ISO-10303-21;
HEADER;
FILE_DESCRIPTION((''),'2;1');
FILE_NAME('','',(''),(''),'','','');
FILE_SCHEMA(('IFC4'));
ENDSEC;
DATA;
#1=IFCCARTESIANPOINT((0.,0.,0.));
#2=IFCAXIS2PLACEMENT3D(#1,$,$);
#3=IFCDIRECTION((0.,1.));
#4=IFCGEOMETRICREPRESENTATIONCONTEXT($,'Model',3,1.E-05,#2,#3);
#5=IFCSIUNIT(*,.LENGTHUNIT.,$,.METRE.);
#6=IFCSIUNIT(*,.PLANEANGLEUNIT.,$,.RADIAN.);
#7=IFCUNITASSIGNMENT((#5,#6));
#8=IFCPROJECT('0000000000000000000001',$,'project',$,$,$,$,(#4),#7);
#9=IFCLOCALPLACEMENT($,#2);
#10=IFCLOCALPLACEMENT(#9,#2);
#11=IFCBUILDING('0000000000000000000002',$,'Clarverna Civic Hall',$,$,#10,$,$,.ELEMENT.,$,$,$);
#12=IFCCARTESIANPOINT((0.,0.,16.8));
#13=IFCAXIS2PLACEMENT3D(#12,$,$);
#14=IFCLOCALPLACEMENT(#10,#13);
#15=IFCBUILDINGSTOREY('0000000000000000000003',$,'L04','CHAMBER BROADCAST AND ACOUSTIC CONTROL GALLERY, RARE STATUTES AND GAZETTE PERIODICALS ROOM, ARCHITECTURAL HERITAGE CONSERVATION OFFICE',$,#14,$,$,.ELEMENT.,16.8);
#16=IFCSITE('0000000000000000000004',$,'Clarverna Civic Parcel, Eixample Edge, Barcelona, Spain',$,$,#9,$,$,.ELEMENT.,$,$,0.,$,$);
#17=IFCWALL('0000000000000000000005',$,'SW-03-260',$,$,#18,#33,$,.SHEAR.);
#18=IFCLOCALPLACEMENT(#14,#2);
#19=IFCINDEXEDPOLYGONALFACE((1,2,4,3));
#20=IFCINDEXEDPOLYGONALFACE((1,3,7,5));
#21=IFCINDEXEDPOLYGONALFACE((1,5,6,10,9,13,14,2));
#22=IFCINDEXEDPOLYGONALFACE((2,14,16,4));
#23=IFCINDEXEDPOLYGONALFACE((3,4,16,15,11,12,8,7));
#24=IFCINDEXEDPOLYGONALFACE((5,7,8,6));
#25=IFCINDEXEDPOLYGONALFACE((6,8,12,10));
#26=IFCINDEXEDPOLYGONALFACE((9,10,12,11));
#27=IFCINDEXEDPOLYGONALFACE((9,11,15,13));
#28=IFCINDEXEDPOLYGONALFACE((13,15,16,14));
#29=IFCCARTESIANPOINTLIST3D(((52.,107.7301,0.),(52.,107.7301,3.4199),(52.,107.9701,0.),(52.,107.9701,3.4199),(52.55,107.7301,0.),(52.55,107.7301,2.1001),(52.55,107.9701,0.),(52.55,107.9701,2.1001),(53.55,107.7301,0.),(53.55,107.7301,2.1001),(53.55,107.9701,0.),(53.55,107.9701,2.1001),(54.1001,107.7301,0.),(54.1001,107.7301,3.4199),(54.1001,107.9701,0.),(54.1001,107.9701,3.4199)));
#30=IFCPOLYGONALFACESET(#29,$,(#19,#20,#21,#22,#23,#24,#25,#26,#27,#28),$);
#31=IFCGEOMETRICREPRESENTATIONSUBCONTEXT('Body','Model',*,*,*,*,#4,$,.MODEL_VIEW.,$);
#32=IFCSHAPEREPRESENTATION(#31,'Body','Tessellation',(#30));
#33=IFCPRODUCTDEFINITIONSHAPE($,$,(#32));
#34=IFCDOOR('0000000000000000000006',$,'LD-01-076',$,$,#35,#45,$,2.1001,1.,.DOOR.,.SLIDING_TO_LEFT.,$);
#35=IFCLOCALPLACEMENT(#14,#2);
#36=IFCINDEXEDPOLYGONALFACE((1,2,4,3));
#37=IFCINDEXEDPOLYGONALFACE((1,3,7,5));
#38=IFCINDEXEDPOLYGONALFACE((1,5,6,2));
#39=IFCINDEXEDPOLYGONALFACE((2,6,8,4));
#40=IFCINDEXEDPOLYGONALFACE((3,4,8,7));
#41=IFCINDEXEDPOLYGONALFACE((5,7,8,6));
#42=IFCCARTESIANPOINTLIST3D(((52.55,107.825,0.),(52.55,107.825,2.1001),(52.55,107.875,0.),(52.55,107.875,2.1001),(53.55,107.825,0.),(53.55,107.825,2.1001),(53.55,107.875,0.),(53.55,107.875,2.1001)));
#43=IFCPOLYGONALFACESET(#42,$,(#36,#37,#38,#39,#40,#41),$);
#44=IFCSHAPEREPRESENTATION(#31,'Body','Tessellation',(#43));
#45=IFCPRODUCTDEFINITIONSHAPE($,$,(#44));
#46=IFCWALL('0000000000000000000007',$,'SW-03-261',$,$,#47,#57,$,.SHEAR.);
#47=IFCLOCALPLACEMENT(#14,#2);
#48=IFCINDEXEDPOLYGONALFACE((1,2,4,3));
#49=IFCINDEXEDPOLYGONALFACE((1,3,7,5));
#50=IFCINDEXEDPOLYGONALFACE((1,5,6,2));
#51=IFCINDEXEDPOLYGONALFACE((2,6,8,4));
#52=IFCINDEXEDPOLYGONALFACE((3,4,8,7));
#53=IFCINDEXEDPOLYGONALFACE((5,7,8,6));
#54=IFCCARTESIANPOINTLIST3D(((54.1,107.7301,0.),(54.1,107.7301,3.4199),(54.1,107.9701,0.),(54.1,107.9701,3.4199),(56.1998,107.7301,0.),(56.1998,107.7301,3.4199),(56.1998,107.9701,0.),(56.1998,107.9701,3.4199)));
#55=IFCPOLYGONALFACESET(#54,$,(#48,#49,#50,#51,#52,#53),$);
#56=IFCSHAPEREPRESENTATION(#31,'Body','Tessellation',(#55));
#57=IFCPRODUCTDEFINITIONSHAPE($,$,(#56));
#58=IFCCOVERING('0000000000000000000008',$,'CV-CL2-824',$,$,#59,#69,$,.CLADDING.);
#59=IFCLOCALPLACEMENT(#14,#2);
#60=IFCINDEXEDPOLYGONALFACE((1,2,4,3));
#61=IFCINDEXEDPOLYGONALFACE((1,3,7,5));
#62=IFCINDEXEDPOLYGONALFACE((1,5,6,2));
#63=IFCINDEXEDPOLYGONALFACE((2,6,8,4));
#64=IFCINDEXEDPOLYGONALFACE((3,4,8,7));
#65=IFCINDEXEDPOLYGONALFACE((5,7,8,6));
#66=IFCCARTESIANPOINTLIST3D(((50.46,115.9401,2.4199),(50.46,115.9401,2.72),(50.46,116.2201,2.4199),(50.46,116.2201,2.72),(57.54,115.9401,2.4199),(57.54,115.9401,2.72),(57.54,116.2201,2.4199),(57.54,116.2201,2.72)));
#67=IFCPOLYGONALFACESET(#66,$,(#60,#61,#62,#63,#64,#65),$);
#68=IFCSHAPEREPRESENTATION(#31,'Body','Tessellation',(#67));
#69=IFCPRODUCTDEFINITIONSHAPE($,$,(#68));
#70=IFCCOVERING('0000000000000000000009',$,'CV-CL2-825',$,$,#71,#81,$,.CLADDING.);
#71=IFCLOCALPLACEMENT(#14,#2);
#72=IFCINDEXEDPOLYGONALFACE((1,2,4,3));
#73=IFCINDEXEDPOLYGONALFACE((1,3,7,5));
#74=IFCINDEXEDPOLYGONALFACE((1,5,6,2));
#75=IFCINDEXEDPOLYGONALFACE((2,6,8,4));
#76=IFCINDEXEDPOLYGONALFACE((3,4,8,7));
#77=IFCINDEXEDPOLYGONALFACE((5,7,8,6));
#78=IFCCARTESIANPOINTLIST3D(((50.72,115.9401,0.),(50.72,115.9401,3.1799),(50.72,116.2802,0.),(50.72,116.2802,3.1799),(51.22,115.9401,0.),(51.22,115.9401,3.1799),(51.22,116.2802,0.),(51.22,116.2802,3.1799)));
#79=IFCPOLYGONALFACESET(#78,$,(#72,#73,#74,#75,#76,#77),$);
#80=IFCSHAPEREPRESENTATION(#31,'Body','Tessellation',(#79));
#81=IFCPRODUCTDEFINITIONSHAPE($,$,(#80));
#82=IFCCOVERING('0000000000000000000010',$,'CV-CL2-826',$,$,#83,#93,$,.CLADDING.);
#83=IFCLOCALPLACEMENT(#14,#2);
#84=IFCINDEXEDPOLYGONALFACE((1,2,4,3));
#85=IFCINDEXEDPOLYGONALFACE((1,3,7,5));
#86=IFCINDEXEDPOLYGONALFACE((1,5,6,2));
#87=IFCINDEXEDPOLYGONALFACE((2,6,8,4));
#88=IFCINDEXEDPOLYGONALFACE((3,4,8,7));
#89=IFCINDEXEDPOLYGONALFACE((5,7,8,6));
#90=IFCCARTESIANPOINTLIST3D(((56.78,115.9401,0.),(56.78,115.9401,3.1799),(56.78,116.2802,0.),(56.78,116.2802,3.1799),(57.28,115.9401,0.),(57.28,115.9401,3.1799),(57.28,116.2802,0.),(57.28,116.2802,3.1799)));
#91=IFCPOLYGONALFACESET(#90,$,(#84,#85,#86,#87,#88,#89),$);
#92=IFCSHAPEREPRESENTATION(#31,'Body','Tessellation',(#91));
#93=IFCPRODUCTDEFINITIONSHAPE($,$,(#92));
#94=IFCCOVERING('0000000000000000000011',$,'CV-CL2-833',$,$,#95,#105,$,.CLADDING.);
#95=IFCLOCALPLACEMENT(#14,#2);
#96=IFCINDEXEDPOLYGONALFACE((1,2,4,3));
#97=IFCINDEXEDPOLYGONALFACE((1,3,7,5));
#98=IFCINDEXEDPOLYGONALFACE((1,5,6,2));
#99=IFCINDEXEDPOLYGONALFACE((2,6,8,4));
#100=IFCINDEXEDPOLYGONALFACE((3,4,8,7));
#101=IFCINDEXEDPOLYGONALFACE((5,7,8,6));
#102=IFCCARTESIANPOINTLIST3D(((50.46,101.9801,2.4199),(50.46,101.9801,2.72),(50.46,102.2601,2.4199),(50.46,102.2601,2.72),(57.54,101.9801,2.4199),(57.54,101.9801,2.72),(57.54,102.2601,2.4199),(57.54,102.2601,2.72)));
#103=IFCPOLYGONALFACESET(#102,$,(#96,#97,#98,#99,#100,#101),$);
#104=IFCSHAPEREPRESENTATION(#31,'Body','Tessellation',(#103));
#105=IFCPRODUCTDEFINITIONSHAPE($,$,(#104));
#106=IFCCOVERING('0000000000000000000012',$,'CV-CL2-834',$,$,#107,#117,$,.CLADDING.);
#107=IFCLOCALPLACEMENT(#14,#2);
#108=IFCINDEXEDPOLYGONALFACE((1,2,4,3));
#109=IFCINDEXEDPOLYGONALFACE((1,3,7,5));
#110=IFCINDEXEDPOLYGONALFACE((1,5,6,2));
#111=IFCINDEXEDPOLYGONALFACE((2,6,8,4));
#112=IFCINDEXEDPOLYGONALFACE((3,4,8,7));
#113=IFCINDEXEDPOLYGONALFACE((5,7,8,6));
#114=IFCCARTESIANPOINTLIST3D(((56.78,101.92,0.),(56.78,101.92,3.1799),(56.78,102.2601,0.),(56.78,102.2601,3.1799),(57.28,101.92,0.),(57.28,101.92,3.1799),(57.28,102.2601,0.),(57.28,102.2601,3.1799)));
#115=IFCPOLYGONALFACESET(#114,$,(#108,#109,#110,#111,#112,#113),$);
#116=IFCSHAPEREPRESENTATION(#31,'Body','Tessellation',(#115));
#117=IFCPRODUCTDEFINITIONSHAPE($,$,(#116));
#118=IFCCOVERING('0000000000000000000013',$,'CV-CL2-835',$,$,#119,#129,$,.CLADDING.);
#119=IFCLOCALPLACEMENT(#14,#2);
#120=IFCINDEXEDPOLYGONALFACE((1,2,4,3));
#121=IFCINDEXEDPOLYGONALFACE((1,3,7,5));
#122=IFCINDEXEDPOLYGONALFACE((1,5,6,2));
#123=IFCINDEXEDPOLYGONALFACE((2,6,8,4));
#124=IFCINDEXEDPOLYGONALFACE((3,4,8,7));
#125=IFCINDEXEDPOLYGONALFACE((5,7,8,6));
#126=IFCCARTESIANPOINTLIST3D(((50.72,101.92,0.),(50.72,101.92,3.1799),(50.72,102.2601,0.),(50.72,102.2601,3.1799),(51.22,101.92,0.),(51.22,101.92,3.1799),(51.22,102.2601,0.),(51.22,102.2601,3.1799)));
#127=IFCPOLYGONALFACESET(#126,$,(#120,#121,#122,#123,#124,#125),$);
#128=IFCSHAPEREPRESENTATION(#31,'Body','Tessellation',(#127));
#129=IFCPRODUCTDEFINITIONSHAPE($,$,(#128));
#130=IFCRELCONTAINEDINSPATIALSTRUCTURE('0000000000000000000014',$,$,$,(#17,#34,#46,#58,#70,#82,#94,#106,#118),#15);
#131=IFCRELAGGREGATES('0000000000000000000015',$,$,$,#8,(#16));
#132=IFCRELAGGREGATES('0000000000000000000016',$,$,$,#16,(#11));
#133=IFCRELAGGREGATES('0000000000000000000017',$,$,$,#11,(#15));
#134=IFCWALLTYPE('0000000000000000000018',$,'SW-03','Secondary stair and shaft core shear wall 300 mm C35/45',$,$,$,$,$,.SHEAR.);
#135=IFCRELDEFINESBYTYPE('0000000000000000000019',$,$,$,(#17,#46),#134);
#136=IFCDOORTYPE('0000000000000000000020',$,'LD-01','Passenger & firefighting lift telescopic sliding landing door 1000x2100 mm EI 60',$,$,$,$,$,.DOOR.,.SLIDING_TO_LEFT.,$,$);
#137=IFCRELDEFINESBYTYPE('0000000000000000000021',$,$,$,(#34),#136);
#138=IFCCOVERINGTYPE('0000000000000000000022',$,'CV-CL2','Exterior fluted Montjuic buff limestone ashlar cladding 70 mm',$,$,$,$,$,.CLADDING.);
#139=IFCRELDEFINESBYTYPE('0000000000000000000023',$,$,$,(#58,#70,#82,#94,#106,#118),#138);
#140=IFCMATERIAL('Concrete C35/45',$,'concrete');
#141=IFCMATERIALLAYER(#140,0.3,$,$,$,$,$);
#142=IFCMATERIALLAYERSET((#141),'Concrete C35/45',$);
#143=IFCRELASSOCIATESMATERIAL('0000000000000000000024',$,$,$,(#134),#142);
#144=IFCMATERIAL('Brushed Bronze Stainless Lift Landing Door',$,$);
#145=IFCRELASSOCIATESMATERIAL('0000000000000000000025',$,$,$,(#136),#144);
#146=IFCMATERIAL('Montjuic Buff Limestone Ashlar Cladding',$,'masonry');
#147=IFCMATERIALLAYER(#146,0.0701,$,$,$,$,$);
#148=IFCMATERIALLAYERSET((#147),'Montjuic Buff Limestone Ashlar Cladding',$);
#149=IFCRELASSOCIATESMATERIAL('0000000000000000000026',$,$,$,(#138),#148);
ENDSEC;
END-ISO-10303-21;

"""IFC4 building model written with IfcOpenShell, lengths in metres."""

from ifc_helpers import new_model, si_unit, direction, frame, frame_2d, origin, place, context, subcontext, project, spatial, rectangle, extrude, material, layer, layer_set, type_object, element, fill, save


model = new_model("IFC4")

# Units and contexts
model_context = context("Model", 3, precision=1e-05, world=origin(), true_north=direction((0.0, 1.0)))
body_context = subcontext(model_context, "Body", "Model", "MODEL_VIEW")
ifc_project = project(units=[si_unit("LENGTHUNIT", "METRE"), si_unit("PLANEANGLEUNIT", "RADIAN")], contexts=[model_context])

# Site, building, storey
site_placement = place(None, origin())
site = spatial("IfcSite", under=ifc_project, at=site_placement, Name="Clarverna Civic Parcel, Eixample Edge, Barcelona, Spain", CompositionType="ELEMENT", RefElevation=0.0)
building_placement = place(site_placement, origin())
building = spatial("IfcBuilding", under=site, at=building_placement, Name="Clarverna Civic Hall", CompositionType="ELEMENT")
storey_placement = place(building_placement, frame((0.0, 0.0, 16.8)))
storey = spatial("IfcBuildingStorey", under=building, at=storey_placement, Name="L04", Description="CHAMBER BROADCAST AND ACOUSTIC CONTROL GALLERY, RARE STATUTES AND GAZETTE PERIODICALS ROOM, ARCHITECTURAL HERITAGE CONSERVATION OFFICE", CompositionType="ELEMENT", Elevation=16.8)

# Shared definitions
ifc_material_1 = material(Name="Concrete C35/45", Category="concrete")

# Shared definitions
ifc_layer_1 = layer(ifc_material_1, 0.3)
ifc_layer_set_1 = layer_set([ifc_layer_1], Name="Concrete C35/45")
wall_type_1 = type_object("IfcWallType", Name="SW-03", Description="Secondary stair and shaft core shear wall 300 mm C35/45", PredefinedType="SHEAR", material=ifc_layer_set_1)

# Wall, opening, door
wall_1_placement = place(storey_placement, frame((52.0, 107.8501, 0.0), z_axis=(0.0, 0.0, 1.0), x_axis=(1.0, 0.0, 0.0)))
wall_1 = element("IfcWall", 1, at=wall_1_placement, inside=storey, type_object=wall_type_1, Name="SW-03-260", PredefinedType="SHEAR", context=body_context, shape_type="SweptSolid", body=[
    extrude(rectangle(XDim=2.1001, YDim=0.24, at=frame_2d((1.05, 0.0))), origin(), (0.0, 0.0, 1.0), 3.4199),
])
opening_1_placement = place(wall_1_placement, frame((0.55, 0.0, 0.0)))
opening_1 = element("IfcOpeningElement", 2, at=opening_1_placement, cuts=wall_1, PredefinedType="OPENING", context=body_context, shape_type="SweptSolid", body=[
    extrude(rectangle(XDim=1.0, YDim=2.1001, at=frame_2d((0.5, 1.05))), frame((0.0, 0.1299, 0.0), z_axis=(0.0, -1.0, 0.0), x_axis=(1.0, 0.0, 0.0)), (0.0, 0.0, 1.0), 0.26),
])
ifc_material_2 = material(Name="Brushed Bronze Stainless Lift Landing Door")
door_type_1 = type_object("IfcDoorType", Name="LD-01", Description="Passenger & firefighting lift telescopic sliding landing door 1000x2100 mm EI 60", OperationType="SLIDING_TO_LEFT", PredefinedType="DOOR", material=ifc_material_2)
door_1_placement = place(opening_1_placement, origin())
door_1 = element("IfcDoor", 3, at=door_1_placement, inside=storey, type_object=door_type_1, Name="LD-01-076", OperationType="SLIDING_TO_LEFT", OverallHeight=2.1001, OverallWidth=1.0, PredefinedType="DOOR", context=body_context, shape_type="SweptSolid", body=[
    extrude(rectangle(XDim=1.0, YDim=2.1001, at=frame_2d((0.5, 1.05))), frame((0.0, 0.0249, 0.0), z_axis=(0.0, -1.0, 0.0), x_axis=(1.0, 0.0, 0.0)), (0.0, 0.0, 1.0), 0.05),
])
fill(opening_1, door_1)

# Wall
wall_2_placement = place(storey_placement, frame((54.1001, 107.8501, 0.0), z_axis=(0.0, 0.0, 1.0), x_axis=(1.0, 0.0, 0.0)))
element("IfcWall", 4, at=wall_2_placement, inside=storey, type_object=wall_type_1, Name="SW-03-261", PredefinedType="SHEAR", context=body_context, shape_type="SweptSolid", body=[
    extrude(rectangle(XDim=2.0999, YDim=0.24, at=frame_2d((1.0498, 0.0))), origin(), (0.0, 0.0, 1.0), 3.4199),
])

# Coverings
ifc_material_3 = material(Name="Montjuic Buff Limestone Ashlar Cladding", Category="masonry")
ifc_layer_2 = layer(ifc_material_3, 0.0701)
ifc_layer_set_2 = layer_set([ifc_layer_2], Name="Montjuic Buff Limestone Ashlar Cladding")
covering_type = type_object("IfcCoveringType", Name="CV-CL2", Description="Exterior fluted Montjuic buff limestone ashlar cladding 70 mm", PredefinedType="CLADDING", material=ifc_layer_set_2)
covering_1_placement = place(storey_placement, frame((50.46, 116.0801, 2.4199), z_axis=(0.0, 0.0, 1.0), x_axis=(1.0, 0.0, 0.0)))
element("IfcCovering", 5, at=covering_1_placement, inside=storey, type_object=covering_type, Name="CV-CL2-824", PredefinedType="CLADDING", context=body_context, shape_type="SweptSolid", body=[
    extrude(rectangle(XDim=7.0801, YDim=0.28, at=frame_2d((3.54, 0.0))), origin(), (0.0, 0.0, 1.0), 0.3),
])
for number, where, z_axis, x_axis, name in (
    (6, (50.72, 116.1101, 0.0), (0.0, 0.0, 1.0), (1.0, 0.0, 0.0), "CV-CL2-825"),
    (7, (56.78, 116.1101, 0.0), (0.0, 0.0, 1.0), (1.0, 0.0, 0.0), "CV-CL2-826"),
):
    element("IfcCovering", number, at=place(storey_placement, frame(where, z_axis=z_axis, x_axis=x_axis)), inside=storey, type_object=covering_type, Name=name, PredefinedType="CLADDING", context=body_context, shape_type="SweptSolid", body=[
        extrude(rectangle(XDim=0.5, YDim=0.3401, at=frame_2d((0.25, 0.0))), origin(), (0.0, 0.0, 1.0), 3.1799),
    ])
covering_2_placement = place(storey_placement, frame((57.54, 102.1201, 2.4199), z_axis=(0.0, 0.0, 1.0), x_axis=(-1.0, 0.0, 0.0)))
element("IfcCovering", 8, at=covering_2_placement, inside=storey, type_object=covering_type, Name="CV-CL2-833", PredefinedType="CLADDING", context=body_context, shape_type="SweptSolid", body=[
    extrude(rectangle(XDim=7.0801, YDim=0.28, at=frame_2d((3.54, 0.0))), origin(), (0.0, 0.0, 1.0), 0.3),
])
for number, where, z_axis, x_axis, name in (
    (9, (57.28, 102.0901, 0.0), (0.0, 0.0, 1.0), (-1.0, 0.0, 0.0), "CV-CL2-834"),
    (10, (51.22, 102.0901, 0.0), (0.0, 0.0, 1.0), (-1.0, 0.0, 0.0), "CV-CL2-835"),
):
    element("IfcCovering", number, at=place(storey_placement, frame(where, z_axis=z_axis, x_axis=x_axis)), inside=storey, type_object=covering_type, Name=name, PredefinedType="CLADDING", context=body_context, shape_type="SweptSolid", body=[
        extrude(rectangle(XDim=0.5, YDim=0.3401, at=frame_2d((0.25, 0.0))), origin(), (0.0, 0.0, 1.0), 3.1799),
    ])

save(model, "model.ifc")
